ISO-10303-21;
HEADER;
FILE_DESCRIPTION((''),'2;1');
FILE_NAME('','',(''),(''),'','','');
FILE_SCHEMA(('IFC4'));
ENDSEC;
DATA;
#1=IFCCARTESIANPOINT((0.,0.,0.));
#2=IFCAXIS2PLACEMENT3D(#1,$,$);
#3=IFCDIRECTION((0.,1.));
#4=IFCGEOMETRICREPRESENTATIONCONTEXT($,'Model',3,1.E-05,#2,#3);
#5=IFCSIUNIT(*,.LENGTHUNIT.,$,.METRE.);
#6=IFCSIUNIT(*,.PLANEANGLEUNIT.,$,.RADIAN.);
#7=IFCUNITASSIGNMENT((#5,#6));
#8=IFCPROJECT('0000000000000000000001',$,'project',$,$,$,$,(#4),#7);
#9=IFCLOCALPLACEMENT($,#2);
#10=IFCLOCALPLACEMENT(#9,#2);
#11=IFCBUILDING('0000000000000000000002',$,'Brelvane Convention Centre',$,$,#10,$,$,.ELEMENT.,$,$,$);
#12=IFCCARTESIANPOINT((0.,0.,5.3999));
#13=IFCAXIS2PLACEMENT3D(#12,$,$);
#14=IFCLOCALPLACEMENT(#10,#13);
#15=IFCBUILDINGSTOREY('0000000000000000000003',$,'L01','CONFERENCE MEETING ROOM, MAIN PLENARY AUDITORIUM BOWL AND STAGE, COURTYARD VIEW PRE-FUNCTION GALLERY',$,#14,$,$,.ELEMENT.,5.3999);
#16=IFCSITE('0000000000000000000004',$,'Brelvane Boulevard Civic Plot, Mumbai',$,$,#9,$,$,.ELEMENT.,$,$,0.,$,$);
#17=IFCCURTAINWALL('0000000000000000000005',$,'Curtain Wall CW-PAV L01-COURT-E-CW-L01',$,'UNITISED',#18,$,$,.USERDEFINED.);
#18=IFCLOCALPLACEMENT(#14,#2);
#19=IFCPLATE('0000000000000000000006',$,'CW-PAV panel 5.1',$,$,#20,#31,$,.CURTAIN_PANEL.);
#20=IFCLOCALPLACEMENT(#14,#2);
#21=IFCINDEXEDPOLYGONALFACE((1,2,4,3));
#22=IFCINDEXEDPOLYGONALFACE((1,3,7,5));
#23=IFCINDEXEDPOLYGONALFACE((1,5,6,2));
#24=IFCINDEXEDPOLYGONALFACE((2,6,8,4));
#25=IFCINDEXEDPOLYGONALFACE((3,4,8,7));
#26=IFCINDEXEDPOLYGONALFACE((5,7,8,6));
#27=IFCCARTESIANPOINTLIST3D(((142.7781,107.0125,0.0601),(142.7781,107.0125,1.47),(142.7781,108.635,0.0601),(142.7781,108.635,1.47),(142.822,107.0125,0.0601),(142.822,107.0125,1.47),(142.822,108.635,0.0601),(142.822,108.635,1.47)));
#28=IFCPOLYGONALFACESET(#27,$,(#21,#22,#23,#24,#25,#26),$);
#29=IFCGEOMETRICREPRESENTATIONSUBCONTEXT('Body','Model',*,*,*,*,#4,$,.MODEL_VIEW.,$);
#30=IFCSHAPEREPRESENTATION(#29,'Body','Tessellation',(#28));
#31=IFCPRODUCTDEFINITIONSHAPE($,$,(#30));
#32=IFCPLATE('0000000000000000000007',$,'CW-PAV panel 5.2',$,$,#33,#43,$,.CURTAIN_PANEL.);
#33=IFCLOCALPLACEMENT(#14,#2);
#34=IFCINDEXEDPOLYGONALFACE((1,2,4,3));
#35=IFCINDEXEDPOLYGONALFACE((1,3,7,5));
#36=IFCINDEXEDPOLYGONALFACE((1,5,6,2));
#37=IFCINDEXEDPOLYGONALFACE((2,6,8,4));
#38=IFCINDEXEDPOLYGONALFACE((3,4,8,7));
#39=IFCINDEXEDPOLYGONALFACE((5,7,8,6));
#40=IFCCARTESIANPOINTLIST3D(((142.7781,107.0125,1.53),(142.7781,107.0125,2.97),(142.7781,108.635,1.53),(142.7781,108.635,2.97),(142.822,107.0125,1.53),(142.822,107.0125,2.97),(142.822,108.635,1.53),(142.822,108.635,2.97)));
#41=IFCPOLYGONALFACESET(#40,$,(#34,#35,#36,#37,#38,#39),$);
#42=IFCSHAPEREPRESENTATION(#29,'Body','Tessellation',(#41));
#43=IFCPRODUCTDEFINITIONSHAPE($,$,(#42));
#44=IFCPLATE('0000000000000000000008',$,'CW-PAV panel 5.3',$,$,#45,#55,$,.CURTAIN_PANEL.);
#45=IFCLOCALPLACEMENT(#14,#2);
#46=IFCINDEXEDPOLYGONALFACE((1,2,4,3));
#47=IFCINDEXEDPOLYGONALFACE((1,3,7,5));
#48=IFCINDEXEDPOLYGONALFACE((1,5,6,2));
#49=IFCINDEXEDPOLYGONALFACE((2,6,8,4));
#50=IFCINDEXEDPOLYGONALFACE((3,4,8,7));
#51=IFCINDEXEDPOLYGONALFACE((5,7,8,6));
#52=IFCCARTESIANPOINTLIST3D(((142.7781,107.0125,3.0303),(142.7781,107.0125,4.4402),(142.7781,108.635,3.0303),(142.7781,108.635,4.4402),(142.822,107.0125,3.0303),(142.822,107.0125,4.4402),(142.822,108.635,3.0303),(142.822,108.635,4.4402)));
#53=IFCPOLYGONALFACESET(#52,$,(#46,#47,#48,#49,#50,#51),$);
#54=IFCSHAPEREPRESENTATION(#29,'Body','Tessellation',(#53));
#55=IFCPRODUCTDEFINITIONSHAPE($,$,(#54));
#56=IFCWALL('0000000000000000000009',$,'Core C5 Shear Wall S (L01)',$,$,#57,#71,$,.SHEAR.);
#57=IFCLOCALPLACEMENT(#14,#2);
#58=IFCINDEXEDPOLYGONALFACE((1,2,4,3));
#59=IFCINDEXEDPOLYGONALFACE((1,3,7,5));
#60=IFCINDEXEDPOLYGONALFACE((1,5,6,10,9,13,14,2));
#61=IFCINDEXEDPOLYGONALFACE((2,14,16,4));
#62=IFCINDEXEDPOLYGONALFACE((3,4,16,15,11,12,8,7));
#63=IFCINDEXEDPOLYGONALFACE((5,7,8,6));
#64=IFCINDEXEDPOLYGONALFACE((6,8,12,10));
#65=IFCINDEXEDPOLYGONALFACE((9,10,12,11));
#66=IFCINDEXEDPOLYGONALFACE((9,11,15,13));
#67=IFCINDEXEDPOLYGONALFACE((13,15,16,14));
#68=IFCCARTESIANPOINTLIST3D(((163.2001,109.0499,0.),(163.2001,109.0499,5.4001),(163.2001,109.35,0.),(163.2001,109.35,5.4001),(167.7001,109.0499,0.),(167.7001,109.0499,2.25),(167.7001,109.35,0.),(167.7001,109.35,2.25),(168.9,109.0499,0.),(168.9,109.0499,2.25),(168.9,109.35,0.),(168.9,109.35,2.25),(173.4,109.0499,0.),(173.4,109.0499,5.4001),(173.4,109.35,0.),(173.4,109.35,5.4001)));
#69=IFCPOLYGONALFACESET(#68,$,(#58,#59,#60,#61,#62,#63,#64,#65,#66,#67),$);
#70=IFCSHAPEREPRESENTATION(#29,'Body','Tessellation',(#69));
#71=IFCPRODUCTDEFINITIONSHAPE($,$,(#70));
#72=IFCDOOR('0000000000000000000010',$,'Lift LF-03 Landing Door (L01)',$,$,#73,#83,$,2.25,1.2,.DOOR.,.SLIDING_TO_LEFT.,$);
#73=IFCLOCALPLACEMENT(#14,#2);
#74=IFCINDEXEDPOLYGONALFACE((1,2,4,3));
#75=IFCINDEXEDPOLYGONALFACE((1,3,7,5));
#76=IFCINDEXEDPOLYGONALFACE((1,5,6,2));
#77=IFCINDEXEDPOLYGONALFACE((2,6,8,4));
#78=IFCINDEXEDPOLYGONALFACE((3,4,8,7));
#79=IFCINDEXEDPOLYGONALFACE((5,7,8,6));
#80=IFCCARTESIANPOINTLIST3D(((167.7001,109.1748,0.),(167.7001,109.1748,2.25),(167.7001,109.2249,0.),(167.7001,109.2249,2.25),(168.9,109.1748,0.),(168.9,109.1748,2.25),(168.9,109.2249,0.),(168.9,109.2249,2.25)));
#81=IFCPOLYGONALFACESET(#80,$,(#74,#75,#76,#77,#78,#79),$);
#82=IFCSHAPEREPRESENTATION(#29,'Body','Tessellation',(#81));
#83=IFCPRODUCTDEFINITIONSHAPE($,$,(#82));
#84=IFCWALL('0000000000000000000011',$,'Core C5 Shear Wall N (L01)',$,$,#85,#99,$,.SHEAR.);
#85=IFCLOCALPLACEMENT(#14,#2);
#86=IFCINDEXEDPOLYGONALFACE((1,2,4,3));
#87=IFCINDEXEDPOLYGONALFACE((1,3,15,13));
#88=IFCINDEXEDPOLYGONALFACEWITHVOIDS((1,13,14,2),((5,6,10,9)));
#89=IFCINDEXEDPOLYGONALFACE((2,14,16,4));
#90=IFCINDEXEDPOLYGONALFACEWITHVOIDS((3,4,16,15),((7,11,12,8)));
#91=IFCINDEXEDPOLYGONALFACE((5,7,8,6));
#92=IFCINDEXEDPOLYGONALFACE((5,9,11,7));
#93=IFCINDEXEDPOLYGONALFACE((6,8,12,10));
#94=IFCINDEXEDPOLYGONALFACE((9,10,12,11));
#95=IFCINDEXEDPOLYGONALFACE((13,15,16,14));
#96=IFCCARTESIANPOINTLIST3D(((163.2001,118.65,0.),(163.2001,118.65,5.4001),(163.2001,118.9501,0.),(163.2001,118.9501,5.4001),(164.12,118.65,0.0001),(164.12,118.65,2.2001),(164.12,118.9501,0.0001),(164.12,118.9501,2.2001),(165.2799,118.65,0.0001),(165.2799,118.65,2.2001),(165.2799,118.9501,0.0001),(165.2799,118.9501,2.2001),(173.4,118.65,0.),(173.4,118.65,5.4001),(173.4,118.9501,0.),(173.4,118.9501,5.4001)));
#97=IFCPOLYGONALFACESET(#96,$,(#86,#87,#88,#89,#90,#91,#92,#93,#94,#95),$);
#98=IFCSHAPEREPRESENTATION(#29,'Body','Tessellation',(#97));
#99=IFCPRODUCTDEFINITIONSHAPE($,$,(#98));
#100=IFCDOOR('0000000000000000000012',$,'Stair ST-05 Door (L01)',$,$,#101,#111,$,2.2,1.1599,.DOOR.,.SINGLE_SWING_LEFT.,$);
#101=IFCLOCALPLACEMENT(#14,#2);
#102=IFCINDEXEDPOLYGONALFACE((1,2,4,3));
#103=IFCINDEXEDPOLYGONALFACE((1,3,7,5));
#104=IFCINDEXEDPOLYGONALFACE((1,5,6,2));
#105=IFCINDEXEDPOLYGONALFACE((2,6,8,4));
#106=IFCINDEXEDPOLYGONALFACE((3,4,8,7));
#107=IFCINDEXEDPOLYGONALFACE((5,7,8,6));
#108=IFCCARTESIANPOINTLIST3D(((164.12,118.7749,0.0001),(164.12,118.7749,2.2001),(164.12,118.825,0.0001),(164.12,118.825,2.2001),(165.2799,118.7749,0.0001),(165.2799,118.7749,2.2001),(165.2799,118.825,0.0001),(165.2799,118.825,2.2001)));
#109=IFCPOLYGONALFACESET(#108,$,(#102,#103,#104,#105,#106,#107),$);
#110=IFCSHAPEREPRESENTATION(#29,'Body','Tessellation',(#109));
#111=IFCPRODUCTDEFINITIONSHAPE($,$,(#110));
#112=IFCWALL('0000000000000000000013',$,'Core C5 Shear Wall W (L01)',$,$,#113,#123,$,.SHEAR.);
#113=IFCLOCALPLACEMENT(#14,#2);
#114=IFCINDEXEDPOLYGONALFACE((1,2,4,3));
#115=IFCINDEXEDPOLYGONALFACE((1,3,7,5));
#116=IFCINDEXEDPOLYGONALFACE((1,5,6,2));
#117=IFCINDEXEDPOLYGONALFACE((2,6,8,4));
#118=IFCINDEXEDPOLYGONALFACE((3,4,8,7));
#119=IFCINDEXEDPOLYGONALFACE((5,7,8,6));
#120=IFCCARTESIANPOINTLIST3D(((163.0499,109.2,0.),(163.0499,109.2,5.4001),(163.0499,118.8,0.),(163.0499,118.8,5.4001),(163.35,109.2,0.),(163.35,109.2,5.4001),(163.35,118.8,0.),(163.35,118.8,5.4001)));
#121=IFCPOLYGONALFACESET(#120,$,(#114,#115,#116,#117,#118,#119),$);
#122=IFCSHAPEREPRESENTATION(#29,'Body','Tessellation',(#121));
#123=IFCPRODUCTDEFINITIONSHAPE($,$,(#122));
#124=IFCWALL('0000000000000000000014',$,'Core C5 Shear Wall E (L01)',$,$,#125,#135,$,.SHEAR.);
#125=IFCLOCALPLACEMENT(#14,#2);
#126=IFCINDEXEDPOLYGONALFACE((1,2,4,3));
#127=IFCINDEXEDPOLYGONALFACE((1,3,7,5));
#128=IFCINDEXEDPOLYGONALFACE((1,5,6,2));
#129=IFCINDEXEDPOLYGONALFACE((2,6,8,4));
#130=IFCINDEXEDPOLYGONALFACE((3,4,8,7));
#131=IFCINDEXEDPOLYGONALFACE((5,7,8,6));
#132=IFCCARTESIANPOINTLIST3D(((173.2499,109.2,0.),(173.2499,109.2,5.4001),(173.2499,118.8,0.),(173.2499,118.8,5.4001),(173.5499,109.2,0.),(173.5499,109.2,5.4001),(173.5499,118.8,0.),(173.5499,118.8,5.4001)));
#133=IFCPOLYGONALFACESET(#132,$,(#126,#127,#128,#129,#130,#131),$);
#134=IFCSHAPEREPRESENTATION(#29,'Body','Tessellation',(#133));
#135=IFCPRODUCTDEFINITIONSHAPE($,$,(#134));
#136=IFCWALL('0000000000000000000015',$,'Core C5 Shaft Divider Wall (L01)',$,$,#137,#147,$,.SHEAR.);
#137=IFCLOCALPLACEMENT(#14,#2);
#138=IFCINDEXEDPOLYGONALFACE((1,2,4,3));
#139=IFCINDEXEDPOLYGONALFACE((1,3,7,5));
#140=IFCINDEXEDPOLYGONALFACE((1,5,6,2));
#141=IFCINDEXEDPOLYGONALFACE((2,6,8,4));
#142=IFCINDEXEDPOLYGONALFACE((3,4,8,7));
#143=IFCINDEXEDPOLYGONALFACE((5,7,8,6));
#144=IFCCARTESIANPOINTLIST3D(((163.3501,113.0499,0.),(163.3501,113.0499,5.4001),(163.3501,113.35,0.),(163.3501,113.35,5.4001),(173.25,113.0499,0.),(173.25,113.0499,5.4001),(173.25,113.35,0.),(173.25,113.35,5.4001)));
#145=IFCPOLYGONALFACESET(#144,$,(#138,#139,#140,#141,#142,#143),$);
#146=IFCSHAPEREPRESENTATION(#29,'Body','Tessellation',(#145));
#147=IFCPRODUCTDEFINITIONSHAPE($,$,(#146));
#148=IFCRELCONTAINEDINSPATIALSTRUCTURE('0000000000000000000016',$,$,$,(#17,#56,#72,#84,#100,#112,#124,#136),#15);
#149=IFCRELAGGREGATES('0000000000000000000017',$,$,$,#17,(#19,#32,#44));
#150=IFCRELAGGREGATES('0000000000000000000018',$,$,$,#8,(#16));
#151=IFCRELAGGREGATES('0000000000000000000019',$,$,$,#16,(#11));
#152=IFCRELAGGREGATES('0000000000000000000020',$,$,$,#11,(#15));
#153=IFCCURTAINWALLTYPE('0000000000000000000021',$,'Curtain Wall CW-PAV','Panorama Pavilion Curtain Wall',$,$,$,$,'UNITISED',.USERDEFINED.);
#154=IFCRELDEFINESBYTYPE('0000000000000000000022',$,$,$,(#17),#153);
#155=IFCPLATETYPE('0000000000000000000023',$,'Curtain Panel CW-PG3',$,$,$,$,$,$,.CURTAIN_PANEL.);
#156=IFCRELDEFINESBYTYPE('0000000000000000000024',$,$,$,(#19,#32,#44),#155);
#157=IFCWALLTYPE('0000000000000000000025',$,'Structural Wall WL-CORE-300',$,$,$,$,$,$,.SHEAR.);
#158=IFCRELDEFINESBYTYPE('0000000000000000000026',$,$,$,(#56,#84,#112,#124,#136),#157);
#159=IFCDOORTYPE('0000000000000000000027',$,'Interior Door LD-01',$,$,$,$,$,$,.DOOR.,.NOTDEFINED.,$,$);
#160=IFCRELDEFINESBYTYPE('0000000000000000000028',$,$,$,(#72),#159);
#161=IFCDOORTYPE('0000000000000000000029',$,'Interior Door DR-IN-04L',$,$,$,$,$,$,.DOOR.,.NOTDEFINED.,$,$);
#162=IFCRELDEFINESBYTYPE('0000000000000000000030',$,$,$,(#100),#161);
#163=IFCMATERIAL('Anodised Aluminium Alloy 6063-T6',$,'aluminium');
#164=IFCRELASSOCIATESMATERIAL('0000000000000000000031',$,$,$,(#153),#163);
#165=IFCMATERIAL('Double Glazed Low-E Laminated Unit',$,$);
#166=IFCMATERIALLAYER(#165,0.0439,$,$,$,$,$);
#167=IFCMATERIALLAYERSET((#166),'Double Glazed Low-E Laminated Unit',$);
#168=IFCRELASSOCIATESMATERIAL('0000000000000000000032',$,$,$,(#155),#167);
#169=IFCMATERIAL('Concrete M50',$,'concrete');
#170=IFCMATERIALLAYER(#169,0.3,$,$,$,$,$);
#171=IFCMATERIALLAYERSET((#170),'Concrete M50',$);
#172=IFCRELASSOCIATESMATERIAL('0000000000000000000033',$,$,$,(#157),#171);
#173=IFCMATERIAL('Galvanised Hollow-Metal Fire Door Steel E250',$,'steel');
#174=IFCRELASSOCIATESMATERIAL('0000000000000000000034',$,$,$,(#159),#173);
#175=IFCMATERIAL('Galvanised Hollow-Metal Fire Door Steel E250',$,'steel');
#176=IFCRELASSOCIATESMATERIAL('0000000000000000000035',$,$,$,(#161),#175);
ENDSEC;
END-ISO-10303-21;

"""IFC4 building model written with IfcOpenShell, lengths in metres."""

from ifc_helpers import new_model, si_unit, direction, frame, frame_2d, origin, origin_2d, place, context, subcontext, project, spatial, rectangle, extrude, material, layer, layer_set, type_object, element, fill, aggregate, save


model = new_model("IFC4")

# Units and contexts
model_context = context("Model", 3, precision=1e-05, world=origin(), true_north=direction((0.0, 1.0)))
body_context = subcontext(model_context, "Body", "Model", "MODEL_VIEW")
ifc_project = project(units=[si_unit("LENGTHUNIT", "METRE"), si_unit("PLANEANGLEUNIT", "RADIAN")], contexts=[model_context])

# Site, building, storey
site_placement = place(None, origin())
site = spatial("IfcSite", under=ifc_project, at=site_placement, Name="Brelvane Boulevard Civic Plot, Mumbai", CompositionType="ELEMENT", RefElevation=0.0)
building_placement = place(site_placement, origin())
building = spatial("IfcBuilding", under=site, at=building_placement, Name="Brelvane Convention Centre", CompositionType="ELEMENT")
storey_placement = place(building_placement, frame((0.0, 0.0, 5.3999)))
storey = spatial("IfcBuildingStorey", under=building, at=storey_placement, Name="L01", Description="CONFERENCE MEETING ROOM, MAIN PLENARY AUDITORIUM BOWL AND STAGE, COURTYARD VIEW PRE-FUNCTION GALLERY", CompositionType="ELEMENT", Elevation=5.3999)

# Curtain wall
ifc_material_1 = material(Name="Anodised Aluminium Alloy 6063-T6", Category="aluminium")
curtain_wall_type = type_object("IfcCurtainWallType", Name="Curtain Wall CW-PAV", Description="Panorama Pavilion Curtain Wall", ElementType="UNITISED", PredefinedType="USERDEFINED", material=ifc_material_1)
curtain_wall_placement = place(storey_placement, origin())
curtain_wall = element("IfcCurtainWall", 1, at=curtain_wall_placement, inside=storey, type_object=curtain_wall_type, Name="Curtain Wall CW-PAV L01-COURT-E-CW-L01", ObjectType="UNITISED", PredefinedType="USERDEFINED")

# Plates
ifc_material_2 = material(Name="Double Glazed Low-E Laminated Unit")
ifc_layer_1 = layer(ifc_material_2, 0.0439)
ifc_layer_set_1 = layer_set([ifc_layer_1], Name="Double Glazed Low-E Laminated Unit")
plate_type = type_object("IfcPlateType", Name="Curtain Panel CW-PG3", PredefinedType="CURTAIN_PANEL", material=ifc_layer_set_1)
plate_1_placement = place(storey_placement, frame((142.8, 107.8237, 0.0601), z_axis=(0.0, 0.0, 1.0), x_axis=(0.0, 1.0, 0.0)))
plate_1 = element("IfcPlate", 2, at=plate_1_placement, type_object=plate_type, Name="CW-PAV panel 5.1", PredefinedType="CURTAIN_PANEL", context=body_context, shape_type="SweptSolid", body=[
    extrude(rectangle(XDim=1.6226, YDim=0.0439, at=origin_2d()), origin(), (0.0, 0.0, 1.0), 1.4099),
])
plate_2_placement = place(storey_placement, frame((142.8, 107.8237, 1.53), z_axis=(0.0, 0.0, 1.0), x_axis=(0.0, 1.0, 0.0)))
plate_2 = element("IfcPlate", 3, at=plate_2_placement, type_object=plate_type, Name="CW-PAV panel 5.2", PredefinedType="CURTAIN_PANEL", context=body_context, shape_type="SweptSolid", body=[
    extrude(rectangle(XDim=1.6226, YDim=0.0439, at=origin_2d()), origin(), (0.0, 0.0, 1.0), 1.4399),
])
plate_3_placement = place(storey_placement, frame((142.8, 107.8237, 3.0303), z_axis=(0.0, 0.0, 1.0), x_axis=(0.0, 1.0, 0.0)))
plate_3 = element("IfcPlate", 4, at=plate_3_placement, type_object=plate_type, Name="CW-PAV panel 5.3", PredefinedType="CURTAIN_PANEL", context=body_context, shape_type="SweptSolid", body=[
    extrude(rectangle(XDim=1.6226, YDim=0.0439, at=origin_2d()), origin(), (0.0, 0.0, 1.0), 1.4099),
])
aggregate(curtain_wall, [plate_1, plate_2, plate_3])

# Walls, openings, doors
ifc_material_3 = material(Name="Concrete M50", Category="concrete")
ifc_layer_2 = layer(ifc_material_3, 0.3)
ifc_layer_set_2 = layer_set([ifc_layer_2], Name="Concrete M50")
wall_type = type_object("IfcWallType", Name="Structural Wall WL-CORE-300", PredefinedType="SHEAR", material=ifc_layer_set_2)
wall_1_placement = place(storey_placement, frame((163.2, 109.2, 0.0), z_axis=(0.0, 0.0, 1.0), x_axis=(1.0, 0.0, 0.0)))
wall_1 = element("IfcWall", 5, at=wall_1_placement, inside=storey, type_object=wall_type, Name="Core C5 Shear Wall S (L01)", PredefinedType="SHEAR", context=body_context, shape_type="SweptSolid", body=[
    extrude(rectangle(XDim=10.2, YDim=0.3, at=frame_2d((5.1001, 0.0))), origin(), (0.0, 0.0, 1.0), 5.4001),
])
opening_1_placement = place(wall_1_placement, frame((4.5, 0.0, 0.0)))
opening_1 = element("IfcOpeningElement", 6, at=opening_1_placement, cuts=wall_1, PredefinedType="OPENING", context=body_context, shape_type="SweptSolid", body=[
    extrude(rectangle(XDim=1.2, YDim=2.25, at=frame_2d((0.6001, 1.125))), frame((0.0, 0.1599, 0.0), z_axis=(0.0, -1.0, 0.0), x_axis=(1.0, 0.0, 0.0)), (0.0, 0.0, 1.0), 0.3201),
])
ifc_material_4 = material(Name="Galvanised Hollow-Metal Fire Door Steel E250", Category="steel")
door_type_1 = type_object("IfcDoorType", Name="Interior Door LD-01", OperationType="NOTDEFINED", PredefinedType="DOOR", material=ifc_material_4)
door_1_placement = place(opening_1_placement, origin())
door_1 = element("IfcDoor", 7, at=door_1_placement, inside=storey, type_object=door_type_1, Name="Lift LF-03 Landing Door (L01)", OperationType="SLIDING_TO_LEFT", OverallHeight=2.25, OverallWidth=1.2, PredefinedType="DOOR", context=body_context, shape_type="SweptSolid", body=[
    extrude(rectangle(XDim=1.2, YDim=2.25, at=frame_2d((0.6001, 1.125))), frame((0.0, 0.0249, 0.0), z_axis=(0.0, -1.0, 0.0), x_axis=(1.0, 0.0, 0.0)), (0.0, 0.0, 1.0), 0.05),
])
fill(opening_1, door_1)
wall_2_placement = place(storey_placement, frame((163.2, 118.8, 0.0), z_axis=(0.0, 0.0, 1.0), x_axis=(1.0, 0.0, 0.0)))
wall_2 = element("IfcWall", 8, at=wall_2_placement, inside=storey, type_object=wall_type, Name="Core C5 Shear Wall N (L01)", PredefinedType="SHEAR", context=body_context, shape_type="SweptSolid", body=[
    extrude(rectangle(XDim=10.2, YDim=0.3, at=frame_2d((5.1001, 0.0))), origin(), (0.0, 0.0, 1.0), 5.4001),
])
opening_2_placement = place(wall_2_placement, frame((0.9199, 0.0, 0.0)))
opening_2 = element("IfcOpeningElement", 9, at=opening_2_placement, cuts=wall_2, PredefinedType="OPENING", context=body_context, shape_type="SweptSolid", body=[
    extrude(rectangle(XDim=1.1599, YDim=2.2, at=frame_2d((0.5801, 1.1001))), frame((0.0, 0.1599, 0.0), z_axis=(0.0, -1.0, 0.0), x_axis=(1.0, 0.0, 0.0)), (0.0, 0.0, 1.0), 0.3201),
])
ifc_material_5 = material(Name="Galvanised Hollow-Metal Fire Door Steel E250", Category="steel")
door_type_2 = type_object("IfcDoorType", Name="Interior Door DR-IN-04L", OperationType="NOTDEFINED", PredefinedType="DOOR", material=ifc_material_5)
door_2_placement = place(opening_2_placement, origin())
door_2 = element("IfcDoor", 10, at=door_2_placement, inside=storey, type_object=door_type_2, Name="Stair ST-05 Door (L01)", OperationType="SINGLE_SWING_LEFT", OverallHeight=2.2, OverallWidth=1.1599, PredefinedType="DOOR", context=body_context, shape_type="SweptSolid", body=[
    extrude(rectangle(XDim=1.1599, YDim=2.2, at=frame_2d((0.5801, 1.1001))), frame((0.0, 0.0249, 0.0), z_axis=(0.0, -1.0, 0.0), x_axis=(1.0, 0.0, 0.0)), (0.0, 0.0, 1.0), 0.05),
])
fill(opening_2, door_2)

# Walls
for number, where, z_axis, x_axis, name in (
    (11, (163.2, 109.2, 0.0), (0.0, 0.0, 1.0), (0.0, 1.0, 0.0), "Core C5 Shear Wall W (L01)"),
    (12, (173.3999, 109.2, 0.0), (0.0, 0.0, 1.0), (0.0, 1.0, 0.0), "Core C5 Shear Wall E (L01)"),
):
    element("IfcWall", number, at=place(storey_placement, frame(where, z_axis=z_axis, x_axis=x_axis)), inside=storey, type_object=wall_type, Name=name, PredefinedType="SHEAR", context=body_context, shape_type="SweptSolid", body=[
        extrude(rectangle(XDim=9.6001, YDim=0.3, at=frame_2d((4.8, 0.0))), origin(), (0.0, 0.0, 1.0), 5.4001),
    ])
wall_3_placement = place(storey_placement, frame((163.3501, 113.2, 0.0), z_axis=(0.0, 0.0, 1.0), x_axis=(1.0, 0.0, 0.0)))
element("IfcWall", 13, at=wall_3_placement, inside=storey, type_object=wall_type, Name="Core C5 Shaft Divider Wall (L01)", PredefinedType="SHEAR", context=body_context, shape_type="SweptSolid", body=[
    extrude(rectangle(XDim=9.8999, YDim=0.3, at=frame_2d((4.95, 0.0))), origin(), (0.0, 0.0, 1.0), 5.4001),
])

save(model, "model.ifc")
